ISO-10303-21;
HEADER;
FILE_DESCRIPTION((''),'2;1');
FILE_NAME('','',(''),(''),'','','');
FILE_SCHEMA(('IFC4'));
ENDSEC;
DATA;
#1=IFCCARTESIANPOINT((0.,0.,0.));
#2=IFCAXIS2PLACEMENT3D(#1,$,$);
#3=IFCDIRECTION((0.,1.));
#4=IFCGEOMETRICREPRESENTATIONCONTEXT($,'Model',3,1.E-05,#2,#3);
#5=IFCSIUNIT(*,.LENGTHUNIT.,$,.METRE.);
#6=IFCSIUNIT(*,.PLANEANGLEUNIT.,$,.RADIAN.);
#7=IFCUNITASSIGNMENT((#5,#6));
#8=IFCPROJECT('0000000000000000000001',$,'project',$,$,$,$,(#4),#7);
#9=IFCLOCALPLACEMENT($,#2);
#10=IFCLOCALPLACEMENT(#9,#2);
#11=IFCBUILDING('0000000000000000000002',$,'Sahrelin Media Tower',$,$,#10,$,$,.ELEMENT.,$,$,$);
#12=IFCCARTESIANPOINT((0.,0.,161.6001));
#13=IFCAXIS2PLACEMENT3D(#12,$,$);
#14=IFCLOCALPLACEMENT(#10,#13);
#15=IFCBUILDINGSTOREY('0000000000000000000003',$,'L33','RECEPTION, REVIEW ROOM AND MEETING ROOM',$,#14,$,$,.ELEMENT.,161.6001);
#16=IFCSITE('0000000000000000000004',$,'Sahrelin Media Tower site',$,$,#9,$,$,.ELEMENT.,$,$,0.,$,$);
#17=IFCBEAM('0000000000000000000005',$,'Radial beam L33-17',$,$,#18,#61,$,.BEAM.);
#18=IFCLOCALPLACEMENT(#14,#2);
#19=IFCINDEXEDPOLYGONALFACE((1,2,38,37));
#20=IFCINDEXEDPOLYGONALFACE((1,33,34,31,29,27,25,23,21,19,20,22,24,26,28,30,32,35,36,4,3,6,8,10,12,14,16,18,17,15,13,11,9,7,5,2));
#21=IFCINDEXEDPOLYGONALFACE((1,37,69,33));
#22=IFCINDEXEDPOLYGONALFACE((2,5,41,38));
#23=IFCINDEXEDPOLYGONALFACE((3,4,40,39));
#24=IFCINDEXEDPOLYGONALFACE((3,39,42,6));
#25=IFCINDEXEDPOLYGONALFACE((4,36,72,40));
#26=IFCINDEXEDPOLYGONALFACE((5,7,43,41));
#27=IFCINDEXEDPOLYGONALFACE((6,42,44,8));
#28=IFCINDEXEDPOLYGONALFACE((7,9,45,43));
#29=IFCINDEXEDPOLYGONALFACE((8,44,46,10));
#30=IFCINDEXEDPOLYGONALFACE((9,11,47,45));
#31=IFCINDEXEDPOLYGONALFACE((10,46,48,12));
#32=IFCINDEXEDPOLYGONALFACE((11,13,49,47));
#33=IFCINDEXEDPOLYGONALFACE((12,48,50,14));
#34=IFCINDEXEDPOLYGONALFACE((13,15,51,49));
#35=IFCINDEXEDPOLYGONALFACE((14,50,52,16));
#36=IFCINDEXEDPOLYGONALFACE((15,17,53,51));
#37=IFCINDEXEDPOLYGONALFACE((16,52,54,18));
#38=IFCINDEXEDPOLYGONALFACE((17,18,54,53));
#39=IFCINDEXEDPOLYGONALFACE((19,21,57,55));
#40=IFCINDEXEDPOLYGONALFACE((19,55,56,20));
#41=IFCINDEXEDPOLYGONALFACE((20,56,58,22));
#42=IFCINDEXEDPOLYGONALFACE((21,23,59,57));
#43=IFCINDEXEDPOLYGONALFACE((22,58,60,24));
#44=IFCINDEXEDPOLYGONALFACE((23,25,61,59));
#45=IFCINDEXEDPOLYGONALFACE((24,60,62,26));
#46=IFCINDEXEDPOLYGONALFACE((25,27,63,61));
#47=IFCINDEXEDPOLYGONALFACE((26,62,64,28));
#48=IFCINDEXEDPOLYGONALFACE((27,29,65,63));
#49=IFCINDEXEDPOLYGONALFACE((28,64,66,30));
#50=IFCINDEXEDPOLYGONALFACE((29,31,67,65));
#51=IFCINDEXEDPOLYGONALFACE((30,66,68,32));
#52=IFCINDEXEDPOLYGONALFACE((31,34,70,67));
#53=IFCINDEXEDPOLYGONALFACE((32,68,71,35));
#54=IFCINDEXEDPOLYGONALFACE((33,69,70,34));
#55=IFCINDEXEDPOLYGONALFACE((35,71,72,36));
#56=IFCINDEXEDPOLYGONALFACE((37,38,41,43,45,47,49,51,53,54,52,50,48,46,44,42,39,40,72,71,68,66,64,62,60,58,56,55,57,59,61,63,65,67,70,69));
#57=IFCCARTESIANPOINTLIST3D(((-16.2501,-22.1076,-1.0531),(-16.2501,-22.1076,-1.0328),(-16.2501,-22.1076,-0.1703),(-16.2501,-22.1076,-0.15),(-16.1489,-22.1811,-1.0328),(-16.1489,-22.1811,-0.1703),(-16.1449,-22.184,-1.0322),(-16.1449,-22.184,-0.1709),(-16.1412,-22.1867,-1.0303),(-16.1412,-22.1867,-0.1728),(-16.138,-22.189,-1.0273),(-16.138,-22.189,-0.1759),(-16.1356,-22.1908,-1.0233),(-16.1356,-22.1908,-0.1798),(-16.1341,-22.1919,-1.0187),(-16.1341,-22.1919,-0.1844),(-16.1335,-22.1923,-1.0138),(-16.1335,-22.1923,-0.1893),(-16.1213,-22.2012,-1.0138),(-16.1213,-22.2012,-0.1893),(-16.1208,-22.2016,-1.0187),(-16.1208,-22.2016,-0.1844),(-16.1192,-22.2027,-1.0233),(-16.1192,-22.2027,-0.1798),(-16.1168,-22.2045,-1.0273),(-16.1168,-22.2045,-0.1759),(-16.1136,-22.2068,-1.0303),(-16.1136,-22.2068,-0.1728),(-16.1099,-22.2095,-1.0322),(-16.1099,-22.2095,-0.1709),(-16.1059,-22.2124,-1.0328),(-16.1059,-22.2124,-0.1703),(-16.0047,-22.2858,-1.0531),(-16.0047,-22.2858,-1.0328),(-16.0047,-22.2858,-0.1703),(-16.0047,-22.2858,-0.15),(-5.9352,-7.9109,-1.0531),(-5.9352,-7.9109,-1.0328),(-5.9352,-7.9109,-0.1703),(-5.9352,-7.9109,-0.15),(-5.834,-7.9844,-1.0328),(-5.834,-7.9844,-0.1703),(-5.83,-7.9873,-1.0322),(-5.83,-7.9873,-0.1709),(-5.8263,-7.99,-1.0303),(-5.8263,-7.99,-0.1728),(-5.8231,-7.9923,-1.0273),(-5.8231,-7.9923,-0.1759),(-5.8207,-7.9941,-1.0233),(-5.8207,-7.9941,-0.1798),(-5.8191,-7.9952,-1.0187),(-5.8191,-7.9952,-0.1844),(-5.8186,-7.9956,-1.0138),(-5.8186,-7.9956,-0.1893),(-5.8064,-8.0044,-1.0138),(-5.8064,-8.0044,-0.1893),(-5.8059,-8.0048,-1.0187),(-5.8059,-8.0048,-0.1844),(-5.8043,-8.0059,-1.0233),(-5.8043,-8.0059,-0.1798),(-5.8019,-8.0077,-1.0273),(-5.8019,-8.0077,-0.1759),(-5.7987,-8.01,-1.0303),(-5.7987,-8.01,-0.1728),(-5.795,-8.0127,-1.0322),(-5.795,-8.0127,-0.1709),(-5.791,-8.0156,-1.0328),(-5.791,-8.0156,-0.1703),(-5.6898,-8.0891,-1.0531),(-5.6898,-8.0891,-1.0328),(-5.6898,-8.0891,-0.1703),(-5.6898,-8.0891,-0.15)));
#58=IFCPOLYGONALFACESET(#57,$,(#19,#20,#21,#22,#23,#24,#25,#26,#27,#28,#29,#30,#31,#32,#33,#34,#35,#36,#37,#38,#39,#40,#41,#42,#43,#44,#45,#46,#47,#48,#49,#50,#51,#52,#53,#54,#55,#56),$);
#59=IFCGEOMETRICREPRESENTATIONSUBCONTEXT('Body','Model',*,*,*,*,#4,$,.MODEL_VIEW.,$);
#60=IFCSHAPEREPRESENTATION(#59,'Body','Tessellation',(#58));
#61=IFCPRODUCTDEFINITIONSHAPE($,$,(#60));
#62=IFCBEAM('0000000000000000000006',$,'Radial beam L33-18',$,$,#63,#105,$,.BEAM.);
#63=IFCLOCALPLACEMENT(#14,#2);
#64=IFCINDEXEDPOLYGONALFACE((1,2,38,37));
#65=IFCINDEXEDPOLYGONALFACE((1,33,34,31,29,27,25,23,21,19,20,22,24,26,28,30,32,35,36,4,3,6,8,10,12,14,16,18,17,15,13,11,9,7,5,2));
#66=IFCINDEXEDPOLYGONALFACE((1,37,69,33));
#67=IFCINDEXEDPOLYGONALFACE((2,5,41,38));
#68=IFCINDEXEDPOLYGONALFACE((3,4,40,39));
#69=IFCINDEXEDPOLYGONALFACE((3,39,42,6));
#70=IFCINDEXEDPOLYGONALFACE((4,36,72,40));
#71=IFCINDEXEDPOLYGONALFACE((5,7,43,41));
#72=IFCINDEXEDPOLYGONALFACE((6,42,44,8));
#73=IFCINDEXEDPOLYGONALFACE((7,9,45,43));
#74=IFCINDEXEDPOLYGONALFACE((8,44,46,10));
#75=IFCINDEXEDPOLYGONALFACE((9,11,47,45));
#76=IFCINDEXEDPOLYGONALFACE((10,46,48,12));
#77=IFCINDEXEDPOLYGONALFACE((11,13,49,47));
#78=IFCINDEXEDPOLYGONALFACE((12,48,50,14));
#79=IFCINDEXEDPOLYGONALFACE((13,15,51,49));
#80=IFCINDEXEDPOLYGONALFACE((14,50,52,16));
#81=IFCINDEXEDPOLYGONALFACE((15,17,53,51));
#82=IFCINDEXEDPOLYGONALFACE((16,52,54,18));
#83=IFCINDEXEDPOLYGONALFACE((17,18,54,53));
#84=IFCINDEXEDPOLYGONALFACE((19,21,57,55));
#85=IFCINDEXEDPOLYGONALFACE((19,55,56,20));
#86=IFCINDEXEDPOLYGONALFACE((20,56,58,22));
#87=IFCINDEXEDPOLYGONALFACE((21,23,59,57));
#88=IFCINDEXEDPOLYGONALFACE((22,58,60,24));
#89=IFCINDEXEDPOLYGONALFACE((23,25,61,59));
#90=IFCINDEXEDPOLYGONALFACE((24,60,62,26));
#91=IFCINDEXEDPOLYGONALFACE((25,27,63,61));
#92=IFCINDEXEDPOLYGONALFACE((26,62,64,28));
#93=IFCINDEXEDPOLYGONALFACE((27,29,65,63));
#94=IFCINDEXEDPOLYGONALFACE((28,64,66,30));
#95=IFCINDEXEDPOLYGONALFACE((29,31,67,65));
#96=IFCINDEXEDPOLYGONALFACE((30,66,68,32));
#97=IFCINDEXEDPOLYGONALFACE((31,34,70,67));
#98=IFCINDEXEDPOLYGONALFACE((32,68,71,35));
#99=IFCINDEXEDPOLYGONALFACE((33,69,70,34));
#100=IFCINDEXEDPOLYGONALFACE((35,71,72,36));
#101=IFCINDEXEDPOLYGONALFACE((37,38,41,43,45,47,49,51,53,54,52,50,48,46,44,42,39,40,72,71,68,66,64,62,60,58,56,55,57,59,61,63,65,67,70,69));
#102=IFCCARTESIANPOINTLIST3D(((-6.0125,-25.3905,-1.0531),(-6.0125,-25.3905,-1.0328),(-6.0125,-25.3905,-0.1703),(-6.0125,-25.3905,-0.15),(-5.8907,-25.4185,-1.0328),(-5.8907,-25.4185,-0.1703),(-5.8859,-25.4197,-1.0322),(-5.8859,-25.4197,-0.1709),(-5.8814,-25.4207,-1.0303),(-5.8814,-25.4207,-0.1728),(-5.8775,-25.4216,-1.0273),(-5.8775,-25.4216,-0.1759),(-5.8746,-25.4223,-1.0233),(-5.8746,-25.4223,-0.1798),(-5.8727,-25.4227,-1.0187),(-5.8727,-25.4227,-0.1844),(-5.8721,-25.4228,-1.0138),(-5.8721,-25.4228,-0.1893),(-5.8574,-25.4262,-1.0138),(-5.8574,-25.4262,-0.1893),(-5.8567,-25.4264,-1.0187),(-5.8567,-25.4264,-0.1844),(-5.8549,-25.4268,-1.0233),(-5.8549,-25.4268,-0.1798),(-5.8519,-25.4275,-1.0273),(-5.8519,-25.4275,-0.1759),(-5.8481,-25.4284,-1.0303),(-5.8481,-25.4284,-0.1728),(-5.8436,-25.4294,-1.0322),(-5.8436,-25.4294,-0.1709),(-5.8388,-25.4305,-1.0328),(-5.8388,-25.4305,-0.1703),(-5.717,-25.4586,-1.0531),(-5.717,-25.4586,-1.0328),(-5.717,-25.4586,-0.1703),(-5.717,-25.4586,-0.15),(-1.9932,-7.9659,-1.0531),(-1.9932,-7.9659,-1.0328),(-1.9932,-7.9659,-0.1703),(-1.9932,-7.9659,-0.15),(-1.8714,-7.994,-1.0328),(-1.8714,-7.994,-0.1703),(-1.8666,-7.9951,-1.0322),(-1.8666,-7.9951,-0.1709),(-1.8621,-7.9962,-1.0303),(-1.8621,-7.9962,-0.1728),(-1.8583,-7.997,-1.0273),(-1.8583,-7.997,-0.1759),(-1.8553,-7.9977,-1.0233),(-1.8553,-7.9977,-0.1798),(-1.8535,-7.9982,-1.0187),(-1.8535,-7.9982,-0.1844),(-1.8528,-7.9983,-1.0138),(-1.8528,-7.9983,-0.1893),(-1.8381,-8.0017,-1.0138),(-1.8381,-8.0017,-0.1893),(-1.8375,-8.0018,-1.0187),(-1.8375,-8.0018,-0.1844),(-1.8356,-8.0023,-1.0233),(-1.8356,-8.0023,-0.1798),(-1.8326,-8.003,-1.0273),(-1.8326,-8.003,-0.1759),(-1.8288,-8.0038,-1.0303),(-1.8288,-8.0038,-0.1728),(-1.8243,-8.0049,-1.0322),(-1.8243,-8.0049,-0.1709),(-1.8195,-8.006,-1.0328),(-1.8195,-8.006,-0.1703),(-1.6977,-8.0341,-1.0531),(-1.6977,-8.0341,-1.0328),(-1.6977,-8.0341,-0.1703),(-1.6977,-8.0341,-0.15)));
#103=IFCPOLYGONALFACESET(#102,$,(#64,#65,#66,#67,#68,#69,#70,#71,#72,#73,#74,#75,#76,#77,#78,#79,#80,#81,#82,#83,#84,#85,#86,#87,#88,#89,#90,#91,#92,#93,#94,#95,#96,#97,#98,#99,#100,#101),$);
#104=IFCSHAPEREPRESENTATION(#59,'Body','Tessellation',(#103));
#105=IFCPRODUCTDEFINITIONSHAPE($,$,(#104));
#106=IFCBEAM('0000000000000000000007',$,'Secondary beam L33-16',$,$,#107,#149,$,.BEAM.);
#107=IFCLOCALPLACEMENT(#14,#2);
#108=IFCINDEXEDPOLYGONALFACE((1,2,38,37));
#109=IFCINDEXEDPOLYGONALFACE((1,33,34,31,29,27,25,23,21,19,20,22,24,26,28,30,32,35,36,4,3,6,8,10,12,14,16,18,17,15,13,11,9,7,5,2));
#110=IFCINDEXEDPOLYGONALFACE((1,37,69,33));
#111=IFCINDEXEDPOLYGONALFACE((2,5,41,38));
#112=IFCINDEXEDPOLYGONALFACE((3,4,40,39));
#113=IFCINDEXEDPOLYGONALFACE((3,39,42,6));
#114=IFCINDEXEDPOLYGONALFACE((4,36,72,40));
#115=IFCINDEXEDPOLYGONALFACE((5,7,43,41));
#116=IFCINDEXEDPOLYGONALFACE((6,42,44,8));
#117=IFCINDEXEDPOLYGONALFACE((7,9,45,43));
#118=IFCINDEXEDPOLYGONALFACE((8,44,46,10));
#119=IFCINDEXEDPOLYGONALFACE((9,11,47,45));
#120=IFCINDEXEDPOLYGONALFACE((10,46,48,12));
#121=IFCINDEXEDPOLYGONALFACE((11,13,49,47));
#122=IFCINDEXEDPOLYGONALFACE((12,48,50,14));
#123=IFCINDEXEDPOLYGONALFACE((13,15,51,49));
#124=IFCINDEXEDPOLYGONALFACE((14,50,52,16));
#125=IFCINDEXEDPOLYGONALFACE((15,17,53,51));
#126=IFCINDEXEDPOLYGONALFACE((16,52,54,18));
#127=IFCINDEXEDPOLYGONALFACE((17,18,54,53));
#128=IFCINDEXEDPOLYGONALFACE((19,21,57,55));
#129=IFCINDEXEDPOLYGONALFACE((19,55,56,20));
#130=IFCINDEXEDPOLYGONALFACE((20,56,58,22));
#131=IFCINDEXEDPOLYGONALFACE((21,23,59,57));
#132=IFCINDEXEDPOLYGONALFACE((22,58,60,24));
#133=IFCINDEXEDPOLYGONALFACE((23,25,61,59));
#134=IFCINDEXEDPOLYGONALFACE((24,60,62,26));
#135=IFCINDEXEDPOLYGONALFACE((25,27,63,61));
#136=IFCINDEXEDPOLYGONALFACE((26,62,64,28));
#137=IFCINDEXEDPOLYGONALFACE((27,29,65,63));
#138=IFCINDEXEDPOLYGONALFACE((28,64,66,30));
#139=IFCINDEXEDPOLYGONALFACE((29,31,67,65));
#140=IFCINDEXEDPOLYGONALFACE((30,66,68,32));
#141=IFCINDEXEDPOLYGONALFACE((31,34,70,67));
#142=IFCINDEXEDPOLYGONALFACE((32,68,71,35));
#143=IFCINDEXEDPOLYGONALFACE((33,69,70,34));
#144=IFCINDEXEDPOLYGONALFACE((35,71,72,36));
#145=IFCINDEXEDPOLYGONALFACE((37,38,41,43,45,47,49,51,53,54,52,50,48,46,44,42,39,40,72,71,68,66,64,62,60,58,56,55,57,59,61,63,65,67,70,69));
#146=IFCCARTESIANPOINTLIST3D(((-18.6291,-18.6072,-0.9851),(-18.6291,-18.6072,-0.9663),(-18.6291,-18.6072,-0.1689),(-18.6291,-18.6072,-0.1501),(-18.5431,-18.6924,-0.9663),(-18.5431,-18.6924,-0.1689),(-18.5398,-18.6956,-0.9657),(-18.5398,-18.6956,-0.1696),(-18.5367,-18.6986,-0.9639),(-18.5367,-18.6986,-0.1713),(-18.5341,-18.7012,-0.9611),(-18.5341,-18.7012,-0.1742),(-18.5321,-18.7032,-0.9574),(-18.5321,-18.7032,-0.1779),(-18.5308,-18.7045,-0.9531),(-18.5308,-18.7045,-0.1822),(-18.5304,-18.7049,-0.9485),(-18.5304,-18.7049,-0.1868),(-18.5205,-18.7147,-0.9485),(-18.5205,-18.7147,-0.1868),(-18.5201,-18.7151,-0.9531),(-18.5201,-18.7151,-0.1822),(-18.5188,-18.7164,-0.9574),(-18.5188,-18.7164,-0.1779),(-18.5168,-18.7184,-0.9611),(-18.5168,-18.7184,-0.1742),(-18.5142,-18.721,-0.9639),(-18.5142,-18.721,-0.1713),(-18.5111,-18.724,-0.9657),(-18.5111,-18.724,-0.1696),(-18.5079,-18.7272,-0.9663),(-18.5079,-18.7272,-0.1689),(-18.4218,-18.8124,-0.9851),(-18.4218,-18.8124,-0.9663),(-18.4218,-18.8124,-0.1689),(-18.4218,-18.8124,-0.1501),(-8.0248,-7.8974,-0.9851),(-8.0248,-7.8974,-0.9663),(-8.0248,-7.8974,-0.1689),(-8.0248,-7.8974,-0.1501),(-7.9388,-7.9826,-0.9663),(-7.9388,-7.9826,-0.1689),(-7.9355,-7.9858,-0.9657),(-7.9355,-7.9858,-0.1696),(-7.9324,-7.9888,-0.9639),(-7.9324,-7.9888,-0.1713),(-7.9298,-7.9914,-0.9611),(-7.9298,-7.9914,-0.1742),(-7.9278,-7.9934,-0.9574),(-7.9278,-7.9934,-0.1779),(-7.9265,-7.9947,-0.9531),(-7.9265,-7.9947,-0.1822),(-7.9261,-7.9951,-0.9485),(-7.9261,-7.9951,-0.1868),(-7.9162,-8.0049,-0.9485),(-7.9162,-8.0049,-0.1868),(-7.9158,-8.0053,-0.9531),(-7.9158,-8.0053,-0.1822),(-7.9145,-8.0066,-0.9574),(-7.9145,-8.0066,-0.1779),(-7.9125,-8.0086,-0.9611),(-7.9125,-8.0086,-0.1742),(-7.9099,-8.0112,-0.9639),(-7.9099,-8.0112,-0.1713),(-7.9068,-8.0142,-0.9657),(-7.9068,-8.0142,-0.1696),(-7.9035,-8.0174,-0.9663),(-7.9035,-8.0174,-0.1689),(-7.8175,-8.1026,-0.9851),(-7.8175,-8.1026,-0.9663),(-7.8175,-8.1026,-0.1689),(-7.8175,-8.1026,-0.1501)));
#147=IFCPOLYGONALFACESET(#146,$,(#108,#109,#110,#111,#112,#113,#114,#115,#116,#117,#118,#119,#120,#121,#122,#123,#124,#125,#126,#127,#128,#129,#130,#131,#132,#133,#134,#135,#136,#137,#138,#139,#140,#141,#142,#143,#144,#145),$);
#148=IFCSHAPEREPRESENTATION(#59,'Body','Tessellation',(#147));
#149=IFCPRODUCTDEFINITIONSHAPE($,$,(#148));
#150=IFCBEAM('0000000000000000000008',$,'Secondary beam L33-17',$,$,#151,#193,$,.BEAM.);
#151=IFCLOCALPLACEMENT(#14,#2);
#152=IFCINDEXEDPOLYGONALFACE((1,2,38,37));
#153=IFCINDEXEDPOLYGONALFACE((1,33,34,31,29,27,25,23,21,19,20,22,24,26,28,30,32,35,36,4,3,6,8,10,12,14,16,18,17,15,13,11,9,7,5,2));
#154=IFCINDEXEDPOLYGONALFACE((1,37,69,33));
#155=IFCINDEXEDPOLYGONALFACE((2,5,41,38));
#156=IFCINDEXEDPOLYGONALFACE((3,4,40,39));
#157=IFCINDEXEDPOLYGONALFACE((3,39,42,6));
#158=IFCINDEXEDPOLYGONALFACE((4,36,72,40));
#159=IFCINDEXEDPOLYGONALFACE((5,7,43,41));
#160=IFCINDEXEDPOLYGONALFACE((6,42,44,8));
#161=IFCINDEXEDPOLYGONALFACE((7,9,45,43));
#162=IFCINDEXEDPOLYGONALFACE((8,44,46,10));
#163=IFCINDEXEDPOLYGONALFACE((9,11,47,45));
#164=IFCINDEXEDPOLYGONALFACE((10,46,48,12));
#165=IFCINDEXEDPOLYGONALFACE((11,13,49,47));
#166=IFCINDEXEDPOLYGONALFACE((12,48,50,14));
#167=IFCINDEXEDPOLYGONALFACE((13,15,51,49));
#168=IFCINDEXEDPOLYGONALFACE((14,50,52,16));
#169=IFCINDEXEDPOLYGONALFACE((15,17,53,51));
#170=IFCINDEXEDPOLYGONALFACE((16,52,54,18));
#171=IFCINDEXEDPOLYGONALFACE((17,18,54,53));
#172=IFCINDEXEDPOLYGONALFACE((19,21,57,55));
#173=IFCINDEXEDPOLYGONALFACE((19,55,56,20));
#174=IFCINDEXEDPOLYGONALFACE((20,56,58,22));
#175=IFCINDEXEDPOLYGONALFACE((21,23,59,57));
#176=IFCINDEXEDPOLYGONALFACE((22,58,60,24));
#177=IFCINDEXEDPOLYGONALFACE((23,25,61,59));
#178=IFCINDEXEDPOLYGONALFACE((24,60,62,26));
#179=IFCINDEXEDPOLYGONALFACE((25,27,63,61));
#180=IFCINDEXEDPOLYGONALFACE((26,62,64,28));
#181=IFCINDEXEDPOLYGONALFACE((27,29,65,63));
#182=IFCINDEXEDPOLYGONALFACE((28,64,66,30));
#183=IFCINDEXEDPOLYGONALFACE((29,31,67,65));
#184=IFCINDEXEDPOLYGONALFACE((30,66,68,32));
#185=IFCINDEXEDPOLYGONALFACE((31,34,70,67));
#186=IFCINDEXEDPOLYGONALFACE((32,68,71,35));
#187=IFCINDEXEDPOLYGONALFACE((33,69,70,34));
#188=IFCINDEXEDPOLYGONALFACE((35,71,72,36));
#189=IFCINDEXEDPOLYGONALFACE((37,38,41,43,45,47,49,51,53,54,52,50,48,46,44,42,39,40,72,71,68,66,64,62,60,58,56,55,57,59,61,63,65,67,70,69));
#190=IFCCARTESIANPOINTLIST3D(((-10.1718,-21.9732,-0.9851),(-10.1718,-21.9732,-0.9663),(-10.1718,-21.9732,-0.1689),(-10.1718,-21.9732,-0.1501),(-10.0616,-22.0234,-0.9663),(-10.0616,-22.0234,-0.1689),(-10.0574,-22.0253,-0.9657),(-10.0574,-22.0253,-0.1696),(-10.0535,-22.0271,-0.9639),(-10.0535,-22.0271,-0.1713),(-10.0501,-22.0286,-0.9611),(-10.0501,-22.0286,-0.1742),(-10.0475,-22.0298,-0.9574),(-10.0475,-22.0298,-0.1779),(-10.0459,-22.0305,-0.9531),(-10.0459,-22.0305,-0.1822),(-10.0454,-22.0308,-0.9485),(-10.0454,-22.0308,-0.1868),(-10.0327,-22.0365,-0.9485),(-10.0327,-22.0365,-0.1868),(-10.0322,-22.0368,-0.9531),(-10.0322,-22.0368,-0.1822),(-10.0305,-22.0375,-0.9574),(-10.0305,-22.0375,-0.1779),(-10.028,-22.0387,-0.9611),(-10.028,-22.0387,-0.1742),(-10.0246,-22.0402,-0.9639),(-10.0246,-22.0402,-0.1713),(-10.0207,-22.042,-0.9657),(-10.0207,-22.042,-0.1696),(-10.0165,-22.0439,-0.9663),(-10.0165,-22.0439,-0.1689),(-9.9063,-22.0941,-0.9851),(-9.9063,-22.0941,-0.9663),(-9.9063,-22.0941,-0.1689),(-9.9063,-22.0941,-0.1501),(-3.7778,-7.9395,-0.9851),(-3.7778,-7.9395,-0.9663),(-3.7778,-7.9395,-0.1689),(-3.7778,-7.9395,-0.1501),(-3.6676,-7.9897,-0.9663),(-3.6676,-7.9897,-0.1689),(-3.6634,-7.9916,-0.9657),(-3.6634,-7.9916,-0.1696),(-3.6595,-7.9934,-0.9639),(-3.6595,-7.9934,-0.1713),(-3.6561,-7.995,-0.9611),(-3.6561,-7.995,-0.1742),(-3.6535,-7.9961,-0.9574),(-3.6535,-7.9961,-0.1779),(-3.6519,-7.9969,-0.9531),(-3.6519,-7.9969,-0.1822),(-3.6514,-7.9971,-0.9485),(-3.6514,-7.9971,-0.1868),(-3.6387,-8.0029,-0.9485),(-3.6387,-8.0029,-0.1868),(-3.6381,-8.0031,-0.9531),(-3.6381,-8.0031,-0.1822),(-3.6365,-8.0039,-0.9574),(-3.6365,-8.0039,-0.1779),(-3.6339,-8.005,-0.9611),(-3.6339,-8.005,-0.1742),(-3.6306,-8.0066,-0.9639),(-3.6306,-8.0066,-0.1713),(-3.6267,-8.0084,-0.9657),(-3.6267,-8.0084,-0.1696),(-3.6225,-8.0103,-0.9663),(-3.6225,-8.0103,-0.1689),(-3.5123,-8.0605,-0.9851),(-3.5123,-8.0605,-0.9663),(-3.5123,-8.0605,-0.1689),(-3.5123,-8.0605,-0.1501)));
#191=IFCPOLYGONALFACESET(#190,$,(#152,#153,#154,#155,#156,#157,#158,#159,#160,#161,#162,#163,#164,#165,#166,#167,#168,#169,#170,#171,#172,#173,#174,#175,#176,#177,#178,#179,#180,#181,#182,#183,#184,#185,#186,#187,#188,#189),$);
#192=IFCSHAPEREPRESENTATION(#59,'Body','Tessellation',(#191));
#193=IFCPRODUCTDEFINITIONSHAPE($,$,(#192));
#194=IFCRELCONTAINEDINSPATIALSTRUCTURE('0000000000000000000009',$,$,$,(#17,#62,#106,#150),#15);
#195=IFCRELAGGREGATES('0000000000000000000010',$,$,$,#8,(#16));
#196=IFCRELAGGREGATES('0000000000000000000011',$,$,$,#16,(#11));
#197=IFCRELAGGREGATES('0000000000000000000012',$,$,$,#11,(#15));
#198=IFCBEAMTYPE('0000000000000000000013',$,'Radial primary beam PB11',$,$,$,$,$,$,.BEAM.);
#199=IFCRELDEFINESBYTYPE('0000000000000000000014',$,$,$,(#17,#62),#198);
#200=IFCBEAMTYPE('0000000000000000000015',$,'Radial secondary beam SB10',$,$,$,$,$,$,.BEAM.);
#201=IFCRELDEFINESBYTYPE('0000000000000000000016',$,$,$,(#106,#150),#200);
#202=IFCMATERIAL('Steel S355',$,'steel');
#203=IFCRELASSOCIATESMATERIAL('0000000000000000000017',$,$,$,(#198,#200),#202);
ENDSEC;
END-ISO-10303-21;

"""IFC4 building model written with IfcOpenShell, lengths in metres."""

from ifc_helpers import new_model, si_unit, direction, frame, origin, origin_2d, place, context, subcontext, project, spatial, i_section, extrude, material, material_profile, profile_set, type_object, element, save


model = new_model("IFC4")

# Units and contexts
model_context = context("Model", 3, precision=1e-05, world=origin(), true_north=direction((0.0, 1.0)))
body_context = subcontext(model_context, "Body", "Model", "MODEL_VIEW")
ifc_project = project(units=[si_unit("LENGTHUNIT", "METRE"), si_unit("PLANEANGLEUNIT", "RADIAN")], contexts=[model_context])

# Site, building, storey
site_placement = place(None, origin())
site = spatial("IfcSite", under=ifc_project, at=site_placement, Name="Sahrelin Media Tower site", CompositionType="ELEMENT", RefElevation=0.0)
building_placement = place(site_placement, origin())
building = spatial("IfcBuilding", under=site, at=building_placement, Name="Sahrelin Media Tower", CompositionType="ELEMENT")
storey_placement = place(building_placement, frame((0.0, 0.0, 161.6001)))
storey = spatial("IfcBuildingStorey", under=building, at=storey_placement, Name="L33", Description="RECEPTION, REVIEW ROOM AND MEETING ROOM", CompositionType="ELEMENT", Elevation=161.6001)

# Beams
ifc_material_1 = material(Name="Steel S355", Category="steel")
ifc_material_profile_1 = material_profile(ifc_material_1, i_section(OverallWidth=0.3032, OverallDepth=0.9031, WebThickness=0.0151, FlangeThickness=0.0203, FilletRadius=0.019, at=origin_2d()), Name="UB 914x305x201")
ifc_profile_set_1 = profile_set([ifc_material_profile_1], Name="Steel S355")
beam_type_1 = type_object("IfcBeamType", Name="Radial primary beam PB11", PredefinedType="BEAM", material=ifc_profile_set_1)
beam_1_placement = place(storey_placement, frame((-5.8125, -8.0, -0.6016), z_axis=(-0.587799, -0.809007, 0.0), x_axis=(0.809007, -0.587799, 0.0)))
element("IfcBeam", 1, at=beam_1_placement, inside=storey, type_object=beam_type_1, Name="Radial beam L33-17", PredefinedType="BEAM", context=body_context, shape_type="SweptSolid", body=[
    extrude(i_section(OverallWidth=0.3032, OverallDepth=0.9031, WebThickness=0.0151, FlangeThickness=0.0203, FilletRadius=0.019, at=origin_2d()), origin(), (0.0, 0.0, 1.0), 17.5483),
])
beam_2_placement = place(storey_placement, frame((-1.8455, -8.0, -0.6016), z_axis=(-0.224766, -0.974413, 0.0), x_axis=(0.974413, -0.224766, 0.0)))
element("IfcBeam", 2, at=beam_2_placement, inside=storey, type_object=beam_type_1, Name="Radial beam L33-18", PredefinedType="BEAM", context=body_context, shape_type="SweptSolid", body=[
    extrude(i_section(OverallWidth=0.3032, OverallDepth=0.9031, WebThickness=0.0151, FlangeThickness=0.0203, FilletRadius=0.019, at=origin_2d()), origin(), (0.0, 0.0, 1.0), 17.8821),
])
ifc_material_profile_2 = material_profile(ifc_material_1, i_section(OverallWidth=0.2917, OverallDepth=0.835, WebThickness=0.0139, FlangeThickness=0.0188, FilletRadius=0.0178, at=origin_2d()), Name="UB 838x292x176")
ifc_profile_set_2 = profile_set([ifc_material_profile_2], Name="Steel S355")
beam_type_2 = type_object("IfcBeamType", Name="Radial secondary beam SB10", PredefinedType="BEAM", material=ifc_profile_set_2)
beam_3_placement = place(storey_placement, frame((-7.9211, -8.0, -0.5676), z_axis=(-0.703599, -0.710597, 0.0), x_axis=(0.710597, -0.703599, 0.0)))
element("IfcBeam", 3, at=beam_3_placement, inside=storey, type_object=beam_type_2, Name="Secondary beam L33-16", PredefinedType="BEAM", context=body_context, shape_type="SweptSolid", body=[
    extrude(i_section(OverallWidth=0.2917, OverallDepth=0.835, WebThickness=0.0139, FlangeThickness=0.0188, FilletRadius=0.0178, at=origin_2d()), origin(), (0.0, 0.0, 1.0), 15.0715),
])
beam_4_placement = place(storey_placement, frame((-3.645, -8.0, -0.5676), z_axis=(-0.414614, -0.909997, 0.0), x_axis=(0.909997, -0.414614, 0.0)))
element("IfcBeam", 4, at=beam_4_placement, inside=storey, type_object=beam_type_2, Name="Secondary beam L33-17", PredefinedType="BEAM", context=body_context, shape_type="SweptSolid", body=[
    extrude(i_section(OverallWidth=0.2917, OverallDepth=0.835, WebThickness=0.0139, FlangeThickness=0.0188, FilletRadius=0.0178, at=origin_2d()), origin(), (0.0, 0.0, 1.0), 15.4216),
])

save(model, "model.ifc")
